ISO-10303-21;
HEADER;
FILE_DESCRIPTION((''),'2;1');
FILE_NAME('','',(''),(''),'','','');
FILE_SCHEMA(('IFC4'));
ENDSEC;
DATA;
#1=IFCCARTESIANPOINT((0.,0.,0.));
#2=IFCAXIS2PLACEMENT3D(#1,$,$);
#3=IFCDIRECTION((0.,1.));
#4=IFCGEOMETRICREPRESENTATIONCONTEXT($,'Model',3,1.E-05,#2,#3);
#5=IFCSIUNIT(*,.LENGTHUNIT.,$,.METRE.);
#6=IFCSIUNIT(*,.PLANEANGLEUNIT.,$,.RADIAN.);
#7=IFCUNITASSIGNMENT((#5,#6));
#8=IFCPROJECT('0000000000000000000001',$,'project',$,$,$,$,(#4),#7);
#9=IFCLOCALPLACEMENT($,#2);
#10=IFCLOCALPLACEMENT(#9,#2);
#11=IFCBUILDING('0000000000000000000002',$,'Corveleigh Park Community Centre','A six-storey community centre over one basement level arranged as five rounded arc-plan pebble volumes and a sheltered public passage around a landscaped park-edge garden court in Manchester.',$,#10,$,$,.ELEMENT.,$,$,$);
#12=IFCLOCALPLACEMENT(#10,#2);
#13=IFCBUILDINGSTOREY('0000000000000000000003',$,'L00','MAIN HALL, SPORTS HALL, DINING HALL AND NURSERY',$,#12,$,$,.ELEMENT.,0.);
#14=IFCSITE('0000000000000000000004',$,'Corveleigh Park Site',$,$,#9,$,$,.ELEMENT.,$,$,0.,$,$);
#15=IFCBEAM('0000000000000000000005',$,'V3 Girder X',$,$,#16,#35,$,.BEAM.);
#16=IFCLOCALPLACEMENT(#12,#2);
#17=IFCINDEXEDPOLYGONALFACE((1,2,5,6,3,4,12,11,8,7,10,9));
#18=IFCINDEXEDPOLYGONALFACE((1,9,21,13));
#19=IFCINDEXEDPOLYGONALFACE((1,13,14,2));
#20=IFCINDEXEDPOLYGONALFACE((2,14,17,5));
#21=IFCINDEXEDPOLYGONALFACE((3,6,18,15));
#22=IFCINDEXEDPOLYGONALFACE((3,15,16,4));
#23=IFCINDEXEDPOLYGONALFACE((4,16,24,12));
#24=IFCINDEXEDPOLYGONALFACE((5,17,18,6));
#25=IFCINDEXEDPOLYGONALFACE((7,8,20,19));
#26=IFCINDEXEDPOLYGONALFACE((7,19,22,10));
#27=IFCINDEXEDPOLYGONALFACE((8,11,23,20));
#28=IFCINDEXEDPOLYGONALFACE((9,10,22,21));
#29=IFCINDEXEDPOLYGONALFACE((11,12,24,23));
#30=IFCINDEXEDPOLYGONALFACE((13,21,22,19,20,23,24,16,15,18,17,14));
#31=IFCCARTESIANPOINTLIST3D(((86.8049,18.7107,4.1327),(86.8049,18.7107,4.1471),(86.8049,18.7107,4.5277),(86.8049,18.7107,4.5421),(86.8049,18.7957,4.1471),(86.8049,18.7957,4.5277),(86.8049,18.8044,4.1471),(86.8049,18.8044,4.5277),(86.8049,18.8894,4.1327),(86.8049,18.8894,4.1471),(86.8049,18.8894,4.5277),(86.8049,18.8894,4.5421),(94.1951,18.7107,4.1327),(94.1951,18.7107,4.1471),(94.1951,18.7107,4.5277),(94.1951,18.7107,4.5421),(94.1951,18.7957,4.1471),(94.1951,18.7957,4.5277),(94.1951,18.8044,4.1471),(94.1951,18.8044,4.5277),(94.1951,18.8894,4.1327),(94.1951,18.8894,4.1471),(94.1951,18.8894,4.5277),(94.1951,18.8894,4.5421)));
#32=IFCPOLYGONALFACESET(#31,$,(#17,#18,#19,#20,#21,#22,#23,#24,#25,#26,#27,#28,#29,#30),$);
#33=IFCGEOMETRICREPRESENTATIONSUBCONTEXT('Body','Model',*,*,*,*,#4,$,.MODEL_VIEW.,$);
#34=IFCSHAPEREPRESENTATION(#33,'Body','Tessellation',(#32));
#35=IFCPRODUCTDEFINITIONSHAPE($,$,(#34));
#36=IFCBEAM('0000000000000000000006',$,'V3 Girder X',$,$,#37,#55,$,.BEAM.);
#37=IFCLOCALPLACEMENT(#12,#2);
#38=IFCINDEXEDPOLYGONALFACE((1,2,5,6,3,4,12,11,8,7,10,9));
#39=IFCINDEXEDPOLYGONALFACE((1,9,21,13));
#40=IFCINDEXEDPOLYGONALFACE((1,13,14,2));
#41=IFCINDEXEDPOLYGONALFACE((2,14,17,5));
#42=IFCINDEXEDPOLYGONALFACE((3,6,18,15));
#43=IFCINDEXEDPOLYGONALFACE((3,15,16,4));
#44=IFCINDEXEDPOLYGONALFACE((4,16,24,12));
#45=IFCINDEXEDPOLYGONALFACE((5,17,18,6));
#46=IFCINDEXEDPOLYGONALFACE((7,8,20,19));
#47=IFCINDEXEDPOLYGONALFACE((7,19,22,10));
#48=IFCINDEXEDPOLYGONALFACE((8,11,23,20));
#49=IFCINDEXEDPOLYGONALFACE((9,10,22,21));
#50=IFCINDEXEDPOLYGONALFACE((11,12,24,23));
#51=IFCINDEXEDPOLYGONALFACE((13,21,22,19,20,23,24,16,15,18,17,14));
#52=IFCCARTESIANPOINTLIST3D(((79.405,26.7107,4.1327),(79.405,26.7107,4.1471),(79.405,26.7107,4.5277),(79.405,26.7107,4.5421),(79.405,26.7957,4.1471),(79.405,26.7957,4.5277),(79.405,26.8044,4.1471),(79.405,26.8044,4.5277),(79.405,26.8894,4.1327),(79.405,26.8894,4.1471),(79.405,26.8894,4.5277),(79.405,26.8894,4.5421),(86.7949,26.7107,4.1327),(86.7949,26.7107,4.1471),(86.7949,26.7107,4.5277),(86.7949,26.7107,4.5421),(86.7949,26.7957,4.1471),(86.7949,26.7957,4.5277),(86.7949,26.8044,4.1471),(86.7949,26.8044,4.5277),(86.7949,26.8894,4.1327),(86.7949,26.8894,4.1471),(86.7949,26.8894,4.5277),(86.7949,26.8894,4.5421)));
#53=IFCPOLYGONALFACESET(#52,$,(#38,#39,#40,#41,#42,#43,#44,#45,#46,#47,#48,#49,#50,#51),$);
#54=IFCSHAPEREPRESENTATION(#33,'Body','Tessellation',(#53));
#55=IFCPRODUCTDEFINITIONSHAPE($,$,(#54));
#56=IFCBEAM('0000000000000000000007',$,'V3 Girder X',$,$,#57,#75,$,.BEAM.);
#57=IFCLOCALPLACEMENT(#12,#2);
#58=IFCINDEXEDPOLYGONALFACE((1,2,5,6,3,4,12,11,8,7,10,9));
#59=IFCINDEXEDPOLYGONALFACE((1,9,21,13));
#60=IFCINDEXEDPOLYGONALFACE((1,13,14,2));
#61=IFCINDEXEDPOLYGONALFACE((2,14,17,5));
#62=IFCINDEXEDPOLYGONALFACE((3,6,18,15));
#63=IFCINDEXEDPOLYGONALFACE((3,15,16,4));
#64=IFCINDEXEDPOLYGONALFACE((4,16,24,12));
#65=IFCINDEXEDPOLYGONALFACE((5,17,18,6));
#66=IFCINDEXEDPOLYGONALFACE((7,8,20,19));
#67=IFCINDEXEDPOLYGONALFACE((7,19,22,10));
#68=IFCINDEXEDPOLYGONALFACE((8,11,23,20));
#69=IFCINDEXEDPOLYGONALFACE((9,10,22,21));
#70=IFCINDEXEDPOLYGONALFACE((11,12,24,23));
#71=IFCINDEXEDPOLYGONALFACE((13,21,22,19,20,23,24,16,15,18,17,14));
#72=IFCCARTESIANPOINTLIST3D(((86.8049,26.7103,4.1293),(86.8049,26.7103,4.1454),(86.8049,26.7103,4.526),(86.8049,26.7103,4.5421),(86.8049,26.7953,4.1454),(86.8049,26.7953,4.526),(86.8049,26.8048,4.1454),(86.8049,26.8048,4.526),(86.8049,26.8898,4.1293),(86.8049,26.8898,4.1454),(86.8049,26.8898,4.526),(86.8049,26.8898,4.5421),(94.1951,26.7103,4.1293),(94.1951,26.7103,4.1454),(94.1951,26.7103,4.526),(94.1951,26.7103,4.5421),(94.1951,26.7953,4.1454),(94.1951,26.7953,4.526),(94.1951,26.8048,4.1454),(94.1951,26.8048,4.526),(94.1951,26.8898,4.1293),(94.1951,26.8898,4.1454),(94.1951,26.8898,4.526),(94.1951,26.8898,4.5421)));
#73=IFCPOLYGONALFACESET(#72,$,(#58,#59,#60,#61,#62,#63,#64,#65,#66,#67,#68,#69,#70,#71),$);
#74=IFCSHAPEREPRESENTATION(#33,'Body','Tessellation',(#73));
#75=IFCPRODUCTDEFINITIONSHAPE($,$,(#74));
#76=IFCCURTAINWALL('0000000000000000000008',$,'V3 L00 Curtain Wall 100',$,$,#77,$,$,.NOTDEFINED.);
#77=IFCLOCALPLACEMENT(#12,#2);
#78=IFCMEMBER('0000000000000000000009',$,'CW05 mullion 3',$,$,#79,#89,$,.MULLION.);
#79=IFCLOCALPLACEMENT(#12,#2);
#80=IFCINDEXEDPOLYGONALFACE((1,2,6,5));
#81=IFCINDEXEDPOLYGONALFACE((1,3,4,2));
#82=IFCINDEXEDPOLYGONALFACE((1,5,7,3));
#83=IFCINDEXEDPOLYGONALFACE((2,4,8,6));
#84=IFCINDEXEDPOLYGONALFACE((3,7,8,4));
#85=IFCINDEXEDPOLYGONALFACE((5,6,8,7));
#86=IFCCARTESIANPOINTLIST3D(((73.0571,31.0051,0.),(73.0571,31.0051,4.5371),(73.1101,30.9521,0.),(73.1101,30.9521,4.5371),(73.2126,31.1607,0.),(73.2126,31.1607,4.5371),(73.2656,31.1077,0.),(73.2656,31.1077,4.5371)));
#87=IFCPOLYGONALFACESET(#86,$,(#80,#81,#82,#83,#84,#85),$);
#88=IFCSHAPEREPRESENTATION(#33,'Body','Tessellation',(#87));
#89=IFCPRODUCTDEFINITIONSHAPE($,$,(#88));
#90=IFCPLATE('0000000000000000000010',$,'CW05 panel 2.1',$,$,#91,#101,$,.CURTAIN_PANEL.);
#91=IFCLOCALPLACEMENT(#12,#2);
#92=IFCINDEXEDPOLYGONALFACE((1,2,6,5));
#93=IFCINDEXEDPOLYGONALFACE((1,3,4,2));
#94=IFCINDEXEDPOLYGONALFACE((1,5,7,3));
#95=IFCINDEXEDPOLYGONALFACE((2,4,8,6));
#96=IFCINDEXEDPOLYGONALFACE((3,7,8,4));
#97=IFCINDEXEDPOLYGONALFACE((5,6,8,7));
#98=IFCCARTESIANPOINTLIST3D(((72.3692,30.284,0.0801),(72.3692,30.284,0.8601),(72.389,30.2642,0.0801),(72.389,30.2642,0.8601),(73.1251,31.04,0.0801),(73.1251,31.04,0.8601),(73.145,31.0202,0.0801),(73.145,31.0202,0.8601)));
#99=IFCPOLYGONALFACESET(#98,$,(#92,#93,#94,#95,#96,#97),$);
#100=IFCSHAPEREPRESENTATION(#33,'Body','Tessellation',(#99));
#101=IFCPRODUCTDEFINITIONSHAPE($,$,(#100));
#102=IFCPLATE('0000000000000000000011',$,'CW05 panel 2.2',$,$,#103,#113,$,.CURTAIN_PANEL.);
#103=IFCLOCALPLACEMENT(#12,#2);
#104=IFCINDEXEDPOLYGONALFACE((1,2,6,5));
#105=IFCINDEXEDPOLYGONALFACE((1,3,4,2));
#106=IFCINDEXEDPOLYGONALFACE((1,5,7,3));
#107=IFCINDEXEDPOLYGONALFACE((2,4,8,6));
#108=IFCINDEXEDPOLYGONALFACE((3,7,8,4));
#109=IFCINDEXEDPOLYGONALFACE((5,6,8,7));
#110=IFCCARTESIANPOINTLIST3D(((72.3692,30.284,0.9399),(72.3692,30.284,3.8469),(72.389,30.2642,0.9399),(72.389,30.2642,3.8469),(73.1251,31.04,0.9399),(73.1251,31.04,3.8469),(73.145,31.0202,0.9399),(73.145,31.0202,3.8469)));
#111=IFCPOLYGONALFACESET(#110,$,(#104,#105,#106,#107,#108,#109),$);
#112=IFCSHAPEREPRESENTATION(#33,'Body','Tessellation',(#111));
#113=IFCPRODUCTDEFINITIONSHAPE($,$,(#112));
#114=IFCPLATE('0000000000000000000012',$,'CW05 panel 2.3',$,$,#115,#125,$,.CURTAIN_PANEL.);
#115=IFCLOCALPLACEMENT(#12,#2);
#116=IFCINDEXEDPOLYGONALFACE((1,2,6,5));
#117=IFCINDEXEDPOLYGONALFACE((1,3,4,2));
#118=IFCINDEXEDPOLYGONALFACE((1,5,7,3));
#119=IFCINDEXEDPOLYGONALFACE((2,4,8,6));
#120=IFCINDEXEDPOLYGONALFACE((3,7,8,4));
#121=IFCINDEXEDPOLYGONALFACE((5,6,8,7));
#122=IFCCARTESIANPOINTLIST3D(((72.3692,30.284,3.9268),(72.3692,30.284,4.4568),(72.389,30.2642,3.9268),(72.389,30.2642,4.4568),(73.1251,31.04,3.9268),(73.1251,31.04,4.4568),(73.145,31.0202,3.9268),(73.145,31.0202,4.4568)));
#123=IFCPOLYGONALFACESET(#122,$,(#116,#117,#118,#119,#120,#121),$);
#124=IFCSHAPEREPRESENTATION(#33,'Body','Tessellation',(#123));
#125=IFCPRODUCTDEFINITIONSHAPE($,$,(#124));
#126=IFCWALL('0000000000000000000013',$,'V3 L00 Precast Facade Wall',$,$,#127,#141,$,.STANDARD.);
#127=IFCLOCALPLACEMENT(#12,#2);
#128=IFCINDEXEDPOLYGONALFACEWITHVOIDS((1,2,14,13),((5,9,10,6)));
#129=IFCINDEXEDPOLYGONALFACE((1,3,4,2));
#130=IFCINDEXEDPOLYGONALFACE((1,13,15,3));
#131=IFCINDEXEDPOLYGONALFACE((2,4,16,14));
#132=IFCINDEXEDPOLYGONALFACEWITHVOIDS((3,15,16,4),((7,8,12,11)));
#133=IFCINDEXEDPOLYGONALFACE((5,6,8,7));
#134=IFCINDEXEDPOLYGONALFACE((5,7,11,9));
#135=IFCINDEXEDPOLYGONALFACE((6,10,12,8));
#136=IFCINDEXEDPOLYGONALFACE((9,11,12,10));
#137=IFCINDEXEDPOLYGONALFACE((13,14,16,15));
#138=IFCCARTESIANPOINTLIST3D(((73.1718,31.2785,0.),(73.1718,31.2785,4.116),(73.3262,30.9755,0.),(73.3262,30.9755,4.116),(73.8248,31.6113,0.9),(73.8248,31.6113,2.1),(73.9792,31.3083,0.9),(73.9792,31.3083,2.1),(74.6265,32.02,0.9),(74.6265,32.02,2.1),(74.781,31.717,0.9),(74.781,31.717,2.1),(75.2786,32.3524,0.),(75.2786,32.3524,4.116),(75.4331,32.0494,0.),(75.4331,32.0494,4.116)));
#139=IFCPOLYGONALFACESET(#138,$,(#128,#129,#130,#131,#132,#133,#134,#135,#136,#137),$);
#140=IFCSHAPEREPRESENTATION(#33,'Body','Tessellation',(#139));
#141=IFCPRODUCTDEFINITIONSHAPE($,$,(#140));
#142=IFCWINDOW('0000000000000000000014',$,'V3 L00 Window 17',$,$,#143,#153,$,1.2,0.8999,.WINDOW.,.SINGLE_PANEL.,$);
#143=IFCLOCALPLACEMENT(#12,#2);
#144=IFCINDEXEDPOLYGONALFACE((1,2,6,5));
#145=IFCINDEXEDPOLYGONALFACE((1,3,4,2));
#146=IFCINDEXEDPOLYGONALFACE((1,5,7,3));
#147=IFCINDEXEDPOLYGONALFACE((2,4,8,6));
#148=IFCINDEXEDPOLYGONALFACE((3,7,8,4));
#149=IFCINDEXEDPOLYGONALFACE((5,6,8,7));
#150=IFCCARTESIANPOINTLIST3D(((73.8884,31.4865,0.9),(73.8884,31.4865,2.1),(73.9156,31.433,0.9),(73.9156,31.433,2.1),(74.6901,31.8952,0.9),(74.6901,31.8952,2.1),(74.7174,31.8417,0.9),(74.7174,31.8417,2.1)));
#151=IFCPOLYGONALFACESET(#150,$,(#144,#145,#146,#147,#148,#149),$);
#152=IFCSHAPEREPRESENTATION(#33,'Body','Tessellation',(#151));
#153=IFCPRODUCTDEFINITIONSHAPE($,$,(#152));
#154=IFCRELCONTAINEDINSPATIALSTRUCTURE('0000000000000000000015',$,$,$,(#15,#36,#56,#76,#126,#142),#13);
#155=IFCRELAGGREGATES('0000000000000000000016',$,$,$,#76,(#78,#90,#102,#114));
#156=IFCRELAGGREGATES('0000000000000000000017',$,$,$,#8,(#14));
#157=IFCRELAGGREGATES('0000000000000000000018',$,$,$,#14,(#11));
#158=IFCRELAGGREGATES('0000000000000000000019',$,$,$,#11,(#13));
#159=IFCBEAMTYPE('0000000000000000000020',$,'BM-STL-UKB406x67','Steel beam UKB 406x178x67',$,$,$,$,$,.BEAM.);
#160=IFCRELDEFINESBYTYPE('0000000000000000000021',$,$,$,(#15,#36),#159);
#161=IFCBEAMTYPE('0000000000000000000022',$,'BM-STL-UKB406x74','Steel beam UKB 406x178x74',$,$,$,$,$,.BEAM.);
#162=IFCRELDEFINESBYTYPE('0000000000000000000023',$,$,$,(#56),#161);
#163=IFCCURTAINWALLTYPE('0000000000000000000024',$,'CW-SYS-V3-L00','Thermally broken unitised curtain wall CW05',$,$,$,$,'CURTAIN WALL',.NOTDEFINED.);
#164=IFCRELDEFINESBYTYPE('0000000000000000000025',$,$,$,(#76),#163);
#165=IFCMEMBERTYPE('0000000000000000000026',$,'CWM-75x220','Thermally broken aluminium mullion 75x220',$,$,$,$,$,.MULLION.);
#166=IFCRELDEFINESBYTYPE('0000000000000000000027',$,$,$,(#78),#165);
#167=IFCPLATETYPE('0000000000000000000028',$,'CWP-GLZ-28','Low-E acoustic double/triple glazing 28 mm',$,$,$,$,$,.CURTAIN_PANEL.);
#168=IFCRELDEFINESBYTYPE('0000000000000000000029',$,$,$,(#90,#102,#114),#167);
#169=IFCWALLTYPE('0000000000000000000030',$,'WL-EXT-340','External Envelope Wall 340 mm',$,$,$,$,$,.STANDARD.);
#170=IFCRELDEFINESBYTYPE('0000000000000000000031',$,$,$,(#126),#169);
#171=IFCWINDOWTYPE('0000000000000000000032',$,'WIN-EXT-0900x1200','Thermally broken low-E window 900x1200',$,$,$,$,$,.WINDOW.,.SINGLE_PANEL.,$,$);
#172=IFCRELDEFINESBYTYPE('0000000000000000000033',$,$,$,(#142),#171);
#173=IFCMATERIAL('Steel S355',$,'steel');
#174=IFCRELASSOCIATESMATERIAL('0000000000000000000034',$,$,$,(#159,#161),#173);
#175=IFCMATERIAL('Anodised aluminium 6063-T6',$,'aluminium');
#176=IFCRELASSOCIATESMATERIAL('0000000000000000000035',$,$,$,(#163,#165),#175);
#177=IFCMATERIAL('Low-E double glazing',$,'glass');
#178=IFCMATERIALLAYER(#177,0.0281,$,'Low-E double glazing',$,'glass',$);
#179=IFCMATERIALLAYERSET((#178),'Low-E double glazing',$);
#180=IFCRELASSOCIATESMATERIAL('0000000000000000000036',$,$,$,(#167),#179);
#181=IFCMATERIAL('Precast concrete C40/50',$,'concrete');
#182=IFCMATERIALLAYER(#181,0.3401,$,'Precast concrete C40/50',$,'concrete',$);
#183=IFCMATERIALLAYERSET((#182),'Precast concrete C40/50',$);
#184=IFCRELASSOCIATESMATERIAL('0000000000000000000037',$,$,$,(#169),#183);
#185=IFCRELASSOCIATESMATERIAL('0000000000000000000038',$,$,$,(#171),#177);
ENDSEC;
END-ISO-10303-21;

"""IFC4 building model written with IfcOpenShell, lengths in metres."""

from ifc_helpers import new_model, si_unit, direction, frame, frame_2d, origin, origin_2d, place, context, subcontext, project, spatial, rectangle, i_section, extrude, material, layer, layer_set, material_profile, profile_set, type_object, element, fill, aggregate, save


model = new_model("IFC4")

# Units and contexts
model_context = context("Model", 3, precision=1e-05, world=origin(), true_north=direction((0.0, 1.0)))
body_context = subcontext(model_context, "Body", "Model", "MODEL_VIEW")
ifc_project = project(units=[si_unit("LENGTHUNIT", "METRE"), si_unit("PLANEANGLEUNIT", "RADIAN")], contexts=[model_context])

# Site, building, storey
site_placement = place(None, origin())
site = spatial("IfcSite", under=ifc_project, at=site_placement, Name="Corveleigh Park Site", CompositionType="ELEMENT", RefElevation=0.0)
building_placement = place(site_placement, origin())
building = spatial("IfcBuilding", under=site, at=building_placement, Name="Corveleigh Park Community Centre", Description="A six-storey community centre over one basement level arranged as five rounded arc-plan pebble volumes and a sheltered public passage around a landscaped park-edge garden court in Manchester.", CompositionType="ELEMENT")
storey_placement = place(building_placement, origin())
storey = spatial("IfcBuildingStorey", under=building, at=storey_placement, Name="L00", Description="MAIN HALL, SPORTS HALL, DINING HALL AND NURSERY", CompositionType="ELEMENT", Elevation=0.0)

# Beams
ifc_material_1 = material(Name="Steel S355", Category="steel")
ifc_material_profile_1 = material_profile(ifc_material_1, i_section(OverallWidth=0.1787, OverallDepth=0.4094, WebThickness=0.0088, FlangeThickness=0.0144, at=origin_2d()), Name="UKB 406x178x67", Category="steel")
ifc_profile_set_1 = profile_set([ifc_material_profile_1], Name="Steel S355")
beam_type_1 = type_object("IfcBeamType", Name="BM-STL-UKB406x67", Description="Steel beam UKB 406x178x67", PredefinedType="BEAM", material=ifc_profile_set_1)
beam_1_placement = place(storey_placement, frame((86.8049, 18.8, 4.3374), z_axis=(1.0, 0.0, 0.0), x_axis=(0.0, 1.0, 0.0)))
element("IfcBeam", 1, at=beam_1_placement, inside=storey, type_object=beam_type_1, Name="V3 Girder X", PredefinedType="BEAM", context=body_context, shape_type="SweptSolid", body=[
    extrude(i_section(OverallWidth=0.1787, OverallDepth=0.4094, WebThickness=0.0088, FlangeThickness=0.0144, at=origin_2d()), origin(), (0.0, 0.0, 1.0), 7.3901),
])
beam_2_placement = place(storey_placement, frame((79.405, 26.8, 4.3374), z_axis=(1.0, 0.0, 0.0), x_axis=(0.0, 1.0, 0.0)))
element("IfcBeam", 2, at=beam_2_placement, inside=storey, type_object=beam_type_1, Name="V3 Girder X", PredefinedType="BEAM", context=body_context, shape_type="SweptSolid", body=[
    extrude(i_section(OverallWidth=0.1787, OverallDepth=0.4094, WebThickness=0.0088, FlangeThickness=0.0144, at=origin_2d()), origin(), (0.0, 0.0, 1.0), 7.3899),
])
ifc_material_profile_2 = material_profile(ifc_material_1, i_section(OverallWidth=0.1794, OverallDepth=0.4128, WebThickness=0.0095, FlangeThickness=0.0161, at=origin_2d()), Name="UKB 406x178x74", Category="steel")
ifc_profile_set_2 = profile_set([ifc_material_profile_2], Name="Steel S355")
beam_type_2 = type_object("IfcBeamType", Name="BM-STL-UKB406x74", Description="Steel beam UKB 406x178x74", PredefinedType="BEAM", material=ifc_profile_set_2)
beam_3_placement = place(storey_placement, frame((86.8049, 26.8, 4.3357), z_axis=(1.0, 0.0, 0.0), x_axis=(0.0, 1.0, 0.0)))
element("IfcBeam", 3, at=beam_3_placement, inside=storey, type_object=beam_type_2, Name="V3 Girder X", PredefinedType="BEAM", context=body_context, shape_type="SweptSolid", body=[
    extrude(i_section(OverallWidth=0.1794, OverallDepth=0.4128, WebThickness=0.0095, FlangeThickness=0.0161, at=origin_2d()), origin(), (0.0, 0.0, 1.0), 7.3901),
])

# Curtain wall, member, plates
ifc_material_2 = material(Name="Anodised aluminium 6063-T6", Category="aluminium")
curtain_wall_type = type_object("IfcCurtainWallType", Name="CW-SYS-V3-L00", Description="Thermally broken unitised curtain wall CW05", ElementType="CURTAIN WALL", PredefinedType="NOTDEFINED", material=ifc_material_2)
curtain_wall_placement = place(storey_placement, origin())
curtain_wall = element("IfcCurtainWall", 4, at=curtain_wall_placement, inside=storey, type_object=curtain_wall_type, Name="V3 L00 Curtain Wall 100", PredefinedType="NOTDEFINED")
ifc_material_profile_3 = material_profile(ifc_material_2, rectangle(XDim=0.075, YDim=0.22, at=origin_2d()), Name="ALU-M75x220", Category="aluminium")
ifc_profile_set_3 = profile_set([ifc_material_profile_3], Name="Anodised aluminium 6063-T6")
member_type = type_object("IfcMemberType", Name="CWM-75x220", Description="Thermally broken aluminium mullion 75x220", PredefinedType="MULLION", material=ifc_profile_set_3)
member_placement = place(storey_placement, frame((73.1614, 31.0564, 0.0), z_axis=(0.0, 0.0, 1.0), x_axis=(-0.707107, 0.707107, 0.0)))
member = element("IfcMember", 5, at=member_placement, type_object=member_type, Name="CW05 mullion 3", PredefinedType="MULLION", context=body_context, shape_type="SweptSolid", body=[
    extrude(rectangle(XDim=0.075, YDim=0.22, at=origin_2d()), origin(), (0.0, 0.0, 1.0), 4.5371),
])
ifc_material_3 = material(Name="Low-E double glazing", Category="glass")
ifc_layer_1 = layer(ifc_material_3, 0.0281, Name="Low-E double glazing", Category="glass")
ifc_layer_set_1 = layer_set([ifc_layer_1], Name="Low-E double glazing")
plate_type = type_object("IfcPlateType", Name="CWP-GLZ-28", Description="Low-E acoustic double/triple glazing 28 mm", PredefinedType="CURTAIN_PANEL", material=ifc_layer_set_1)
plate_1_placement = place(storey_placement, frame((72.7571, 30.6521, 0.0801), z_axis=(0.0, 0.0, 1.0), x_axis=(0.707107, 0.707107, 0.0)))
plate_1 = element("IfcPlate", 6, at=plate_1_placement, type_object=plate_type, Name="CW05 panel 2.1", PredefinedType="CURTAIN_PANEL", context=body_context, shape_type="SweptSolid", body=[
    extrude(rectangle(XDim=1.0691, YDim=0.0281, at=origin_2d()), origin(), (0.0, 0.0, 1.0), 0.78),
])
plate_2_placement = place(storey_placement, frame((72.7571, 30.6521, 0.9399), z_axis=(0.0, 0.0, 1.0), x_axis=(0.707107, 0.707107, 0.0)))
plate_2 = element("IfcPlate", 7, at=plate_2_placement, type_object=plate_type, Name="CW05 panel 2.2", PredefinedType="CURTAIN_PANEL", context=body_context, shape_type="SweptSolid", body=[
    extrude(rectangle(XDim=1.0691, YDim=0.0281, at=origin_2d()), origin(), (0.0, 0.0, 1.0), 2.907),
])
plate_3_placement = place(storey_placement, frame((72.7571, 30.6521, 3.9268), z_axis=(0.0, 0.0, 1.0), x_axis=(0.707107, 0.707107, 0.0)))
plate_3 = element("IfcPlate", 8, at=plate_3_placement, type_object=plate_type, Name="CW05 panel 2.3", PredefinedType="CURTAIN_PANEL", context=body_context, shape_type="SweptSolid", body=[
    extrude(rectangle(XDim=1.0691, YDim=0.0281, at=origin_2d()), origin(), (0.0, 0.0, 1.0), 0.53),
])
aggregate(curtain_wall, [member, plate_1, plate_2, plate_3])

# Wall, opening, window
ifc_material_4 = material(Name="Precast concrete C40/50", Category="concrete")
ifc_layer_2 = layer(ifc_material_4, 0.3401, Name="Precast concrete C40/50", Category="concrete")
ifc_layer_set_2 = layer_set([ifc_layer_2], Name="Precast concrete C40/50")
wall_type_1 = type_object("IfcWallType", Name="WL-EXT-340", Description="External Envelope Wall 340 mm", PredefinedType="STANDARD", material=ifc_layer_set_2)
wall_1_placement = place(storey_placement, frame((73.249, 31.127, 0.0), z_axis=(0.0, 0.0, 1.0), x_axis=(0.890932, 0.454138, 0.0)))
wall_1 = element("IfcWall", 9, at=wall_1_placement, inside=storey, type_object=wall_type_1, Name="V3 L00 Precast Facade Wall", PredefinedType="STANDARD", context=body_context, shape_type="SweptSolid", body=[
    extrude(rectangle(XDim=2.3647, YDim=0.3401, at=frame_2d((1.1824, 0.0))), origin(), (0.0, 0.0, 1.0), 4.116),
])
opening_1_placement = place(wall_1_placement, frame((0.7329, 0.0, 0.8999)))
opening_1 = element("IfcOpeningElement", 10, at=opening_1_placement, cuts=wall_1, PredefinedType="OPENING", context=body_context, shape_type="SweptSolid", body=[
    extrude(rectangle(XDim=0.8999, YDim=1.2, at=frame_2d((0.45, 0.6001))), frame((0.0, 0.1799, 0.0), z_axis=(0.0, -1.0, 0.0), x_axis=(1.0, 0.0, 0.0)), (0.0, 0.0, 1.0), 0.3601),
])
window_type = type_object("IfcWindowType", Name="WIN-EXT-0900x1200", Description="Thermally broken low-E window 900x1200", PartitioningType="SINGLE_PANEL", PredefinedType="WINDOW", material=ifc_material_3)
window_placement = place(opening_1_placement, origin())
window = element("IfcWindow", 11, at=window_placement, inside=storey, type_object=window_type, Name="V3 L00 Window 17", OverallHeight=1.2, OverallWidth=0.8999, PartitioningType="SINGLE_PANEL", PredefinedType="WINDOW", context=body_context, shape_type="SweptSolid", body=[
    extrude(rectangle(XDim=0.8999, YDim=1.2, at=frame_2d((0.45, 0.6001))), frame((0.0, 0.03, 0.0), z_axis=(0.0, -1.0, 0.0), x_axis=(1.0, 0.0, 0.0)), (0.0, 0.0, 1.0), 0.0601),
])
fill(opening_1, window)

save(model, "model.ifc")
